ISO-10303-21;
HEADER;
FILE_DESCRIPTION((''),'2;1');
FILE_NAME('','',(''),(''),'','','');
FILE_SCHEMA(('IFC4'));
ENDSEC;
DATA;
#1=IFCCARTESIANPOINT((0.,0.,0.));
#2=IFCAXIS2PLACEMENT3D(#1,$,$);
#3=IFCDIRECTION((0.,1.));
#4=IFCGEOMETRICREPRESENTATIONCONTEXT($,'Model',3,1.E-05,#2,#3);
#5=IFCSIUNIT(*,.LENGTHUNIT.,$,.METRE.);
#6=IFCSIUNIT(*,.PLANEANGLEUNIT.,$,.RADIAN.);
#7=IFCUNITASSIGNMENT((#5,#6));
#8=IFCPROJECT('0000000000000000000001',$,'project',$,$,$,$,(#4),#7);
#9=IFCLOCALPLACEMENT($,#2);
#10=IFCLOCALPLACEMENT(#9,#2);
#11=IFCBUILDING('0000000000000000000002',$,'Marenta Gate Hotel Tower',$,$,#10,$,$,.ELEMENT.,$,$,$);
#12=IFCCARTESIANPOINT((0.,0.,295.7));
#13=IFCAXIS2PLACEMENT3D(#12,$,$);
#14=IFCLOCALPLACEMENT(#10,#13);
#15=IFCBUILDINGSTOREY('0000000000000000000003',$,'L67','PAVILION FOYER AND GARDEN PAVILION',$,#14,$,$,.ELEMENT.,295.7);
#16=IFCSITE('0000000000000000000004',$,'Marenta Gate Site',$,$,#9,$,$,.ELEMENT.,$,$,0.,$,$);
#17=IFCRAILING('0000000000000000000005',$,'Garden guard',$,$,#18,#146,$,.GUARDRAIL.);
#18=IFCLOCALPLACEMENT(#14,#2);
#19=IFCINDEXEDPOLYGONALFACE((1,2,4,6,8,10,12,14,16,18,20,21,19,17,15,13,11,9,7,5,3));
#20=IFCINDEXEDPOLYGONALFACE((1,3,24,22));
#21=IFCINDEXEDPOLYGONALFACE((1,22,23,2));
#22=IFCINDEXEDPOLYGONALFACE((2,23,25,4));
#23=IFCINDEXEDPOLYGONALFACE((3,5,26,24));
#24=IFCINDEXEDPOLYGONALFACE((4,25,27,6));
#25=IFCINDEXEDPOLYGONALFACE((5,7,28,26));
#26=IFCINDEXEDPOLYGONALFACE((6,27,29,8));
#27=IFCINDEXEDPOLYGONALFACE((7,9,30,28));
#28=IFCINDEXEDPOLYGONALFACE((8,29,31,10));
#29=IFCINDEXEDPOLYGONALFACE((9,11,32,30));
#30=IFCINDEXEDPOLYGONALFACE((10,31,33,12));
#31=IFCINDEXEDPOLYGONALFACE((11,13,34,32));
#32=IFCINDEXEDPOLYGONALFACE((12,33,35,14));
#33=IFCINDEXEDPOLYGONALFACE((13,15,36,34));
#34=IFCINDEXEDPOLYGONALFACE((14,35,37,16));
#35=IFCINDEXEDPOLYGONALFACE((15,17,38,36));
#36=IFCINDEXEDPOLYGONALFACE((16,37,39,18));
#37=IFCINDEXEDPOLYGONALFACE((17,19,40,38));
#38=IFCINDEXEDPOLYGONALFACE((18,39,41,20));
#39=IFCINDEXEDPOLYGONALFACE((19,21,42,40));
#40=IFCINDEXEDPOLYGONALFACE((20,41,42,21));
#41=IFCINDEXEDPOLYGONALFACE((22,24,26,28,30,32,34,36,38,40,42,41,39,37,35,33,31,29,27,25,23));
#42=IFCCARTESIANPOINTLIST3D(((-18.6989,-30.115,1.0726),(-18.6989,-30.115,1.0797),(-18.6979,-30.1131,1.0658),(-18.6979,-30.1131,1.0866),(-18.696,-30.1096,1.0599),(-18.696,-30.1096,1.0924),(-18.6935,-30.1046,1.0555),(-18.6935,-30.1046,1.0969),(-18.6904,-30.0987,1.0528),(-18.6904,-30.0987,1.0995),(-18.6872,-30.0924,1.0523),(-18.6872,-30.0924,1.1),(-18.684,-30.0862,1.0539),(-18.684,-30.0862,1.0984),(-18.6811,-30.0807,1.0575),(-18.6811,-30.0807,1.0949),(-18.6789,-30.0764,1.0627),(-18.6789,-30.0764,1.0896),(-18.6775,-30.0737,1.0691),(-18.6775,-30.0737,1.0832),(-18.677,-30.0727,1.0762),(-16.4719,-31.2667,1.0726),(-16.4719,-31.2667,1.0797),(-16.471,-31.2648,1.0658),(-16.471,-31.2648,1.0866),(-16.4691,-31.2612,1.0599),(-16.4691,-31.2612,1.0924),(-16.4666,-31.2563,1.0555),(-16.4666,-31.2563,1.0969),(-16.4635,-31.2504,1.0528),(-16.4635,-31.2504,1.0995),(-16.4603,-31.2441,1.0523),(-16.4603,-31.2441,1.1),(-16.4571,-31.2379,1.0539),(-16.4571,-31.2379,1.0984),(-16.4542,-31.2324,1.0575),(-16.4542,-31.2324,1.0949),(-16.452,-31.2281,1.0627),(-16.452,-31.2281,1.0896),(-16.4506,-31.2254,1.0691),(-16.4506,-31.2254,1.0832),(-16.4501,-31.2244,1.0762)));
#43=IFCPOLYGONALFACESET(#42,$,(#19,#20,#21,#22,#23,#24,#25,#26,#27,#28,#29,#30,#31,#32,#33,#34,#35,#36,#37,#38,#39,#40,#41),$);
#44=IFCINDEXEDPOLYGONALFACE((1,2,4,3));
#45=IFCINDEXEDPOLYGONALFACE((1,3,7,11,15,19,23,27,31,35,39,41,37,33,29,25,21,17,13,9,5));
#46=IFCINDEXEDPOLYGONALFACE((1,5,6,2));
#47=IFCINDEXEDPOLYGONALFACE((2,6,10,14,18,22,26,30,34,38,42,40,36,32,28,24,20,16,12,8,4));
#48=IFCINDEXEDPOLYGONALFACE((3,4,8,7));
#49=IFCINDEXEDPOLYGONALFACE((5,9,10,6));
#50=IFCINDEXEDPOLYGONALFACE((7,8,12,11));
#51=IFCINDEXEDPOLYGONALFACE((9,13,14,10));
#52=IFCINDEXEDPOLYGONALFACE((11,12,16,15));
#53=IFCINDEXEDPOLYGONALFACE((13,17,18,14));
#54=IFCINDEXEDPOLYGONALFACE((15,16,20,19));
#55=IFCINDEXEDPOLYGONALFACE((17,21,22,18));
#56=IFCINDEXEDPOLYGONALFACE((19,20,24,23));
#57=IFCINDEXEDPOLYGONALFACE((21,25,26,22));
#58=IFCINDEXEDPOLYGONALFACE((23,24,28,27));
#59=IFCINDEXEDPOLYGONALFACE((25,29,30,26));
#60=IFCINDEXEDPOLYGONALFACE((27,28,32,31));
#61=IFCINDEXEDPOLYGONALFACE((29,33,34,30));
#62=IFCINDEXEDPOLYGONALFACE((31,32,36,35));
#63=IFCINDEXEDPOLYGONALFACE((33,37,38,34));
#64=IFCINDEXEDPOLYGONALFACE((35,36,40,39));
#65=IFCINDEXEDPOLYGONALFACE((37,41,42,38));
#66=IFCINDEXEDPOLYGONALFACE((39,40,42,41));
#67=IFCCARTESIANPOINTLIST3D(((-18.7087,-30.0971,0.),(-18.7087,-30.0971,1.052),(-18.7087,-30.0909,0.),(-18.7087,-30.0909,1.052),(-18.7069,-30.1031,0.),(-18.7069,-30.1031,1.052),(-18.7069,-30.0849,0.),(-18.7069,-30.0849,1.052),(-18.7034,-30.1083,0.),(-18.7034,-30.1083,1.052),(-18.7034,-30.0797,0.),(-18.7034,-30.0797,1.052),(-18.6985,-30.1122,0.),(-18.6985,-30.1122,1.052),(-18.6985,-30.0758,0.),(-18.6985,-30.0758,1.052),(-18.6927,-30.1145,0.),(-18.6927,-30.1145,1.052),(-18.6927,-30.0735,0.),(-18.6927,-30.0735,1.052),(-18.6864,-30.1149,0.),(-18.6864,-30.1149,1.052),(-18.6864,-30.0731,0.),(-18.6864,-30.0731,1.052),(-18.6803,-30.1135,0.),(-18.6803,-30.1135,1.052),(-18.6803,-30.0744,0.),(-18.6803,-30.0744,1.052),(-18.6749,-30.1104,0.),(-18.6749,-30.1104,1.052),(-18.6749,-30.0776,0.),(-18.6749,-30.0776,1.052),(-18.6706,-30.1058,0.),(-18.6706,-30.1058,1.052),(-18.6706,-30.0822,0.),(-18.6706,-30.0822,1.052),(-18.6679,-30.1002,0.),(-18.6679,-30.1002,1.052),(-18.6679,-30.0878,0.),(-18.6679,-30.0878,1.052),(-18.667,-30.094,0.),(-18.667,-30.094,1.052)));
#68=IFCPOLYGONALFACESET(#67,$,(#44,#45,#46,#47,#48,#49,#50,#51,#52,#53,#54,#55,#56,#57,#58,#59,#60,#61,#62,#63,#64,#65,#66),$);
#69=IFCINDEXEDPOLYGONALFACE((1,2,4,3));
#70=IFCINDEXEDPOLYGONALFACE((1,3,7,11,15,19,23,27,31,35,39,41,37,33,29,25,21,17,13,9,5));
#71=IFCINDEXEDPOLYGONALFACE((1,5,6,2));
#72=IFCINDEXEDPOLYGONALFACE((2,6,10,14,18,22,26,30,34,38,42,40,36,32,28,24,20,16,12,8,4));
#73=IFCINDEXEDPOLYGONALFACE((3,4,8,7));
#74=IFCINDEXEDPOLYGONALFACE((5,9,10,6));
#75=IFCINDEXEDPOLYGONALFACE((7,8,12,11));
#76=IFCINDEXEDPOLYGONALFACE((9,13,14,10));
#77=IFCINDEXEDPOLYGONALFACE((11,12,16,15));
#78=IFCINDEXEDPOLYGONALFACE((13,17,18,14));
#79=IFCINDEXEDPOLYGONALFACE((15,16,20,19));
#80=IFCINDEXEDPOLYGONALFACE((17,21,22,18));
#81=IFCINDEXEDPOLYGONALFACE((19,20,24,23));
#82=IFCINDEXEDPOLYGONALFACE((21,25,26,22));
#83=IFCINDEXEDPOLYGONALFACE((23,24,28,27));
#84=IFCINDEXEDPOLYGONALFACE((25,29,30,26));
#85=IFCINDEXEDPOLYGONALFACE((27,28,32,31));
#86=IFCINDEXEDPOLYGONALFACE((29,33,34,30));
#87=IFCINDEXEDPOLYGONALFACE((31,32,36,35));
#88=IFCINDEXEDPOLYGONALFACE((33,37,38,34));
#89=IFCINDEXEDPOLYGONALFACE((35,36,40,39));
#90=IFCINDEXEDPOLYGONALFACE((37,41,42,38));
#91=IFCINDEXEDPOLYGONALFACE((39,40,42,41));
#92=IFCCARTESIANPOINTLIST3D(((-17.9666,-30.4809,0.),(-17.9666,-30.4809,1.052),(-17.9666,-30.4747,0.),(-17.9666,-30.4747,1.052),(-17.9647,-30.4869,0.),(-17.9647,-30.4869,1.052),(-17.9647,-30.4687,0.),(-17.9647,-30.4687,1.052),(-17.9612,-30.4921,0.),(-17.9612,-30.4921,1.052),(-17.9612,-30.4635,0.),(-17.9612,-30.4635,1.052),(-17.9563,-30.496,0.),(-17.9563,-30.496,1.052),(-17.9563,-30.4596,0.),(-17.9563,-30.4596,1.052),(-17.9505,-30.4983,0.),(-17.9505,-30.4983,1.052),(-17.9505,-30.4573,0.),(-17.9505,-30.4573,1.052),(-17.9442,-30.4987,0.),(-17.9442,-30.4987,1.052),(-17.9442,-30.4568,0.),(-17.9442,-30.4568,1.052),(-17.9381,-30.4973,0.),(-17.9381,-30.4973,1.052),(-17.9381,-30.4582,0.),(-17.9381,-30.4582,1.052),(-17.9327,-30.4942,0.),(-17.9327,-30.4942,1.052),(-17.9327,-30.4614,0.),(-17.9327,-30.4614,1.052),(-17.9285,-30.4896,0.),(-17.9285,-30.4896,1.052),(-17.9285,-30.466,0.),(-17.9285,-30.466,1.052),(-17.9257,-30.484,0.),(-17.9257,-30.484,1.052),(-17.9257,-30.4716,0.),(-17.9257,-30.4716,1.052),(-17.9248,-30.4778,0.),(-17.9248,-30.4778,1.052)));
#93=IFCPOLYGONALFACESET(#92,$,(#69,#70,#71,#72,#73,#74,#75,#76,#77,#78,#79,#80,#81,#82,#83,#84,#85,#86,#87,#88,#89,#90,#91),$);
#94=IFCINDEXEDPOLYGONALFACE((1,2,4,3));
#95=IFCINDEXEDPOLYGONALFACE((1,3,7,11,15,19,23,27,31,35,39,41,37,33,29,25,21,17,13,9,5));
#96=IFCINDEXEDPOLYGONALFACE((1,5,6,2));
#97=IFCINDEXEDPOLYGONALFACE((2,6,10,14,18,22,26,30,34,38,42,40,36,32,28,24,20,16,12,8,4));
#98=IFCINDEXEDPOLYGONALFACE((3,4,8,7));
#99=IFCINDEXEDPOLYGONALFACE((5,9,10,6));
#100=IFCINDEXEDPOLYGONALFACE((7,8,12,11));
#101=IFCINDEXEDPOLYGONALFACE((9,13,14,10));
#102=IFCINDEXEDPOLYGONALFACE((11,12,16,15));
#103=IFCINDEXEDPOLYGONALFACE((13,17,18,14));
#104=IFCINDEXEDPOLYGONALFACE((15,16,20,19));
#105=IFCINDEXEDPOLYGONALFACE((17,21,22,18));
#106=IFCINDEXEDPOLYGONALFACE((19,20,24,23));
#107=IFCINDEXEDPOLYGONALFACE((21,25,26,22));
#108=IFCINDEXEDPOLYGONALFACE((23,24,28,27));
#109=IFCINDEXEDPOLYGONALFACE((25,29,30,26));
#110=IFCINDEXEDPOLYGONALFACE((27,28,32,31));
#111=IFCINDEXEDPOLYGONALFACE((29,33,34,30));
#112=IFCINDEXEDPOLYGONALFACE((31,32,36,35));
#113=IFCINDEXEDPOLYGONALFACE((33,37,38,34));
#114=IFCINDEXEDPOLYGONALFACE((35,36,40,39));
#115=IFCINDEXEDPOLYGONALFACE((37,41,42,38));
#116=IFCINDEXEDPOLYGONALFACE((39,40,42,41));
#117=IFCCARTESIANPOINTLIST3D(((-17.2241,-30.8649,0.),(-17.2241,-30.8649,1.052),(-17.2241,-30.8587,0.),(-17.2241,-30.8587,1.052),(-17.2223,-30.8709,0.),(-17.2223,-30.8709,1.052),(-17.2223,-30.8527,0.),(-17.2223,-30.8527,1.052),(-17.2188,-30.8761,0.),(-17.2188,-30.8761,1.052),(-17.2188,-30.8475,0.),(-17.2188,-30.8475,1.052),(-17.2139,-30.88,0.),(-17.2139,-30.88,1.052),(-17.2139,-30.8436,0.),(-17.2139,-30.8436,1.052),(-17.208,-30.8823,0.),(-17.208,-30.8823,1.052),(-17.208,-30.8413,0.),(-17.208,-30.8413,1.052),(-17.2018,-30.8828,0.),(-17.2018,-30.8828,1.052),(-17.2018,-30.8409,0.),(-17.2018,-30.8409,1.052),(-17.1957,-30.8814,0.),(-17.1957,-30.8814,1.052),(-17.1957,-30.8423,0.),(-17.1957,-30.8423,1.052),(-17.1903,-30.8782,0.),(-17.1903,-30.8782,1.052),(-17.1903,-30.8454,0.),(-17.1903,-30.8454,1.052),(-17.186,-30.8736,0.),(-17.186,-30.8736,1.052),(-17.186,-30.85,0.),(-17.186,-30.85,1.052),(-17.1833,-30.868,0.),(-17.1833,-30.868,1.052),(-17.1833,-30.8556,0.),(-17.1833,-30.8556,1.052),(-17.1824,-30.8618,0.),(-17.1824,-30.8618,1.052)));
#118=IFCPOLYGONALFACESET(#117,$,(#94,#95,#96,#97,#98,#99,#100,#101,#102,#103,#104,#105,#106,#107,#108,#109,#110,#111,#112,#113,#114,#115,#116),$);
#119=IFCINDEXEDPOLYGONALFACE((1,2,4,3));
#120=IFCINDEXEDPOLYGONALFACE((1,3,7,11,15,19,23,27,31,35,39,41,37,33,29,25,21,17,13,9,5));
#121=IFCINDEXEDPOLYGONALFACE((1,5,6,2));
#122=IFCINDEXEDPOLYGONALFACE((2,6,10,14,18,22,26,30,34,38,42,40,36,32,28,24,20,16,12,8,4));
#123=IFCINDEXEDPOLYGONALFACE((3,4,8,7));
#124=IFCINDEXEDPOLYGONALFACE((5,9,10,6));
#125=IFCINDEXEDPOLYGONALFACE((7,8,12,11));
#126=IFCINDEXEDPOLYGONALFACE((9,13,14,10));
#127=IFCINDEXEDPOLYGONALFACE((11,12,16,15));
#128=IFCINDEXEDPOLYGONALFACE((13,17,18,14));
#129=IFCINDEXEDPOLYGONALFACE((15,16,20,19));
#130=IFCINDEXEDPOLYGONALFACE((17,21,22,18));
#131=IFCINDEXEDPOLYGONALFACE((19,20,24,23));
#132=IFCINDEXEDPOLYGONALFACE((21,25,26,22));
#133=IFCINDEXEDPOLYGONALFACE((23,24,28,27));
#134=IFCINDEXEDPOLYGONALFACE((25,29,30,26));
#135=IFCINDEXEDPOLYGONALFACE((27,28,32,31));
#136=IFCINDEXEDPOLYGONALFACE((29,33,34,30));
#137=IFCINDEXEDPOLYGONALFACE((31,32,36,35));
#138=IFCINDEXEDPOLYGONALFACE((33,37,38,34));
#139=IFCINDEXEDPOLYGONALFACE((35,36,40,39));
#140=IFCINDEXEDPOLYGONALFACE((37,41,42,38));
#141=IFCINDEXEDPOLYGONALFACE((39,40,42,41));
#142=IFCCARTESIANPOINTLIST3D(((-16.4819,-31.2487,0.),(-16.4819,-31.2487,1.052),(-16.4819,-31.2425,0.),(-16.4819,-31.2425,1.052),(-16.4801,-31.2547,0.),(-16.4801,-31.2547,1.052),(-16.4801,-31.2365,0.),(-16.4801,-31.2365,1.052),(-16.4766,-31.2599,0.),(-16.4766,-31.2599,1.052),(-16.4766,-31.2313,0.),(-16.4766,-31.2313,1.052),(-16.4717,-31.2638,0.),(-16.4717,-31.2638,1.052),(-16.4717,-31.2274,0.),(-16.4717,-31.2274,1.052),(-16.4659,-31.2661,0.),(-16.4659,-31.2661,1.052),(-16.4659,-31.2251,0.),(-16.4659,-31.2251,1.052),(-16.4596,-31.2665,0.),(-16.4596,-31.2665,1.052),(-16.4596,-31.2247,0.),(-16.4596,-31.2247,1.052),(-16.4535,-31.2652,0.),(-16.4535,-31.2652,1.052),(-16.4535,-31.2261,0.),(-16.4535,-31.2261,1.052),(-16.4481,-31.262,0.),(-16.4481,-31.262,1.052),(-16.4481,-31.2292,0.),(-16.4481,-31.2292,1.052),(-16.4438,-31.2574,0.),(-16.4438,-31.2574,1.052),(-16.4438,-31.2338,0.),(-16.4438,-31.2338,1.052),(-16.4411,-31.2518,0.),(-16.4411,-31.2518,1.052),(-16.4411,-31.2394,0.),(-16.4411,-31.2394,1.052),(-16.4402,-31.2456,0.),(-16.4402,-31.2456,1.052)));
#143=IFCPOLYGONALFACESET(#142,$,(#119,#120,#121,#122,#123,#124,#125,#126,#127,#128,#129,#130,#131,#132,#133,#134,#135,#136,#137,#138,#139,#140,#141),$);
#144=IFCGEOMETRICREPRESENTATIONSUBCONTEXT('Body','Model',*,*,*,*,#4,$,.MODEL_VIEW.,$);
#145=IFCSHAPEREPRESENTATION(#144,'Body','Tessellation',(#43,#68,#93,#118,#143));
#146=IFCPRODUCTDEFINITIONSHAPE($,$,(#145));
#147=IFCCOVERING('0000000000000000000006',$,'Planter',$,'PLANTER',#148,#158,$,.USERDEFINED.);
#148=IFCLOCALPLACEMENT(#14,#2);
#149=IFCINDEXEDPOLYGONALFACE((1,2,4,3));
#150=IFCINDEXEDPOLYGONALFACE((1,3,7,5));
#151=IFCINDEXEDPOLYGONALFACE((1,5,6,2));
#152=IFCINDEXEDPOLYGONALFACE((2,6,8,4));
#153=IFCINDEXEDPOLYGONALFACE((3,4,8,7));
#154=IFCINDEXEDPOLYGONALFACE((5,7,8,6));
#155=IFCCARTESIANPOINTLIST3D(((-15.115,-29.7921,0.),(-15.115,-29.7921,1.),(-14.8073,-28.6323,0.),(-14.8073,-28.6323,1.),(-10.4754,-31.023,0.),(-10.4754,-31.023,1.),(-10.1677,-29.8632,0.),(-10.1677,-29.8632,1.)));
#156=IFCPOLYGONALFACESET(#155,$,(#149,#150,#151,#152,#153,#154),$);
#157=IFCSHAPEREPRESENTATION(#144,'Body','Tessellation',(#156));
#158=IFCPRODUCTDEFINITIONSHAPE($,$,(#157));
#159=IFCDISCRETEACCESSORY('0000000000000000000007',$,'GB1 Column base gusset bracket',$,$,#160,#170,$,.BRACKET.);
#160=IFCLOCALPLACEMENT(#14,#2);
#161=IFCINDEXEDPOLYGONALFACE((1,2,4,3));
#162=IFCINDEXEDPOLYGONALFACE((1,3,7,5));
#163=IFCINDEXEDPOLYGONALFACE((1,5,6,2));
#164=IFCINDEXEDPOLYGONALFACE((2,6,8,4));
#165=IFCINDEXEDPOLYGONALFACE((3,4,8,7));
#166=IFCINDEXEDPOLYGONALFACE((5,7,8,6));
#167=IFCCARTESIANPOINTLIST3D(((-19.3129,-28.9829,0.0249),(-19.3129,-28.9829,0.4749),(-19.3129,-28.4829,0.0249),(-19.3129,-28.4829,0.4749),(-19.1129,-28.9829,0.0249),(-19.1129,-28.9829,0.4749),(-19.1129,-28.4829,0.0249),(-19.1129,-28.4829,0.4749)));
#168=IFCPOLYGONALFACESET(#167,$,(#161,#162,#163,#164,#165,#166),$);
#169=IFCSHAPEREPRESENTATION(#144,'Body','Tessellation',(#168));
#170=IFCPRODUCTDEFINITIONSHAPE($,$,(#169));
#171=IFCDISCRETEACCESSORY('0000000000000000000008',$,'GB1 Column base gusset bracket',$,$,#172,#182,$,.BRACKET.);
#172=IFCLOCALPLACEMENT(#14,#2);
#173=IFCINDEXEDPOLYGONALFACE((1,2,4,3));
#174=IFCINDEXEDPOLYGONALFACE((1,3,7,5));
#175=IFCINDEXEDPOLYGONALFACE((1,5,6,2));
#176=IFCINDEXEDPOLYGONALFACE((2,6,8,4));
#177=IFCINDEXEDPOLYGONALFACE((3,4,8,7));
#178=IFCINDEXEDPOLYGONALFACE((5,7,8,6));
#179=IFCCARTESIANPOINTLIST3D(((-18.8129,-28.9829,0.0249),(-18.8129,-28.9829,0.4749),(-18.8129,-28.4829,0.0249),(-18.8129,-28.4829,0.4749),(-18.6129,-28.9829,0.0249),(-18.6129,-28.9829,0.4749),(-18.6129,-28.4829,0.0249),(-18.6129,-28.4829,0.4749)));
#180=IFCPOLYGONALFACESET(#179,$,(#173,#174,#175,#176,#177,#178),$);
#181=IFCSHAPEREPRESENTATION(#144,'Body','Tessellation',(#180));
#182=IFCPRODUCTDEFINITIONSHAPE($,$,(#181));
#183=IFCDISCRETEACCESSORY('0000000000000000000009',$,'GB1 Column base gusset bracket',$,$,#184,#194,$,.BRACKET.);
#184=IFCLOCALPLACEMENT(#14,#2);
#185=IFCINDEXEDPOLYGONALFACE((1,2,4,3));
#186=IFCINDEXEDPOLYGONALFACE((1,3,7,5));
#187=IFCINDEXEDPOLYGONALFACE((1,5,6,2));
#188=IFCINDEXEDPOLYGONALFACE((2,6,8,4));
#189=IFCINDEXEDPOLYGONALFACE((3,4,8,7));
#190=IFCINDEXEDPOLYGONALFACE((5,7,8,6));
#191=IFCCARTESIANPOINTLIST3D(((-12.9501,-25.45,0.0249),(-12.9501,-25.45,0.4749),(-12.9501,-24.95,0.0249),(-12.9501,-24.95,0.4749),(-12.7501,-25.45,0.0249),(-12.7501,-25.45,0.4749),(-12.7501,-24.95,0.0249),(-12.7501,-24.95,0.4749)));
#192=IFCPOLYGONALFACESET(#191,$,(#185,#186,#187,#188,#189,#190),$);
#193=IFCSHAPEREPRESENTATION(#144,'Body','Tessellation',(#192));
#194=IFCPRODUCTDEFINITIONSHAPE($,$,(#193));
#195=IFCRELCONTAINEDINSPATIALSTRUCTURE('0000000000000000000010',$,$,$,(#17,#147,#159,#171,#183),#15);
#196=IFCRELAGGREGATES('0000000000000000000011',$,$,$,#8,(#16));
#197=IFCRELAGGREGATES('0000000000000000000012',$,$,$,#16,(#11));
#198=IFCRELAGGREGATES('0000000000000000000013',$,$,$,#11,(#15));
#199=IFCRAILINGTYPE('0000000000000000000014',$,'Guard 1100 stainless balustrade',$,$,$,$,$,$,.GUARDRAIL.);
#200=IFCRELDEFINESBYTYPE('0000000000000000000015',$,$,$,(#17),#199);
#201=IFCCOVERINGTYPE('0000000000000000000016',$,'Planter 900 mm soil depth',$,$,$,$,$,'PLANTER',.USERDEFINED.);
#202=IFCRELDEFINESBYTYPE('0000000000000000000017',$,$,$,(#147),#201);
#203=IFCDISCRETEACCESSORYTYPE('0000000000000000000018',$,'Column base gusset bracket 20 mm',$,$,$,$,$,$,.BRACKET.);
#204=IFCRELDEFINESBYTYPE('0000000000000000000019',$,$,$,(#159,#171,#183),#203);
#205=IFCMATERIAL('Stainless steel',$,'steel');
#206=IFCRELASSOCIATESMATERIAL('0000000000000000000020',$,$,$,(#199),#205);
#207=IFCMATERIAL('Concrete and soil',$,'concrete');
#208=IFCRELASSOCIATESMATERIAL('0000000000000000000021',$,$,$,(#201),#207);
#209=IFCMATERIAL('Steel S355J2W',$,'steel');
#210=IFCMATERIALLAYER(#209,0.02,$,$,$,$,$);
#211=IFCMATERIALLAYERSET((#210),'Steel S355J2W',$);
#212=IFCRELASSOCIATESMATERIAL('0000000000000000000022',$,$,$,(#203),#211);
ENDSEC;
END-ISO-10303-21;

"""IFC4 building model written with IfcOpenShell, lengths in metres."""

from ifc_helpers import new_model, si_unit, direction, frame, origin, origin_2d, place, context, subcontext, project, spatial, rectangle, circle, extrude, material, layer, layer_set, type_object, element, save


model = new_model("IFC4")

# Units and contexts
model_context = context("Model", 3, precision=1e-05, world=origin(), true_north=direction((0.0, 1.0)))
body_context = subcontext(model_context, "Body", "Model", "MODEL_VIEW")
ifc_project = project(units=[si_unit("LENGTHUNIT", "METRE"), si_unit("PLANEANGLEUNIT", "RADIAN")], contexts=[model_context])

# Site, building, storey
site_placement = place(None, origin())
site = spatial("IfcSite", under=ifc_project, at=site_placement, Name="Marenta Gate Site", CompositionType="ELEMENT", RefElevation=0.0)
building_placement = place(site_placement, origin())
building = spatial("IfcBuilding", under=site, at=building_placement, Name="Marenta Gate Hotel Tower", CompositionType="ELEMENT")
storey_placement = place(building_placement, frame((0.0, 0.0, 295.7)))
storey = spatial("IfcBuildingStorey", under=building, at=storey_placement, Name="L67", Description="PAVILION FOYER AND GARDEN PAVILION", CompositionType="ELEMENT", Elevation=295.7)

# Railing
ifc_material_1 = material(Name="Stainless steel", Category="steel")
railing_type = type_object("IfcRailingType", Name="Guard 1100 stainless balustrade", PredefinedType="GUARDRAIL", material=ifc_material_1)
railing_1_placement = place(storey_placement, frame((-18.688, -30.094, 0.0)))
element("IfcRailing", 1, at=railing_1_placement, inside=storey, type_object=railing_type, Name="Garden guard", PredefinedType="GUARDRAIL", context=body_context, shape_type="SweptSolid", body=[
    extrude(circle(Radius=0.0239, at=origin_2d()), frame((0.0, 0.0, 1.0762), z_axis=(0.888248, -0.459365, 0.0), x_axis=(0.459365, 0.888248, 0.0)), (0.0, 0.0, 1.0), 2.5071),
    extrude(circle(Radius=0.021, at=origin_2d()), origin(), (0.0, 0.0, 1.0), 1.052),
    extrude(circle(Radius=0.021, at=origin_2d()), frame((0.7422, -0.3838, 0.0)), (0.0, 0.0, 1.0), 1.052),
    extrude(circle(Radius=0.021, at=origin_2d()), frame((1.4846, -0.7678, 0.0)), (0.0, 0.0, 1.0), 1.052),
    extrude(circle(Radius=0.021, at=origin_2d()), frame((2.2268, -1.1516, 0.0)), (0.0, 0.0, 1.0), 1.052),
])

# Covering
ifc_material_2 = material(Name="Concrete and soil", Category="concrete")
covering_type = type_object("IfcCoveringType", Name="Planter 900 mm soil depth", ElementType="PLANTER", PredefinedType="USERDEFINED", material=ifc_material_2)
covering_placement = place(storey_placement, frame((-12.6414, -29.8276, 0.0), z_axis=(0.0, 0.0, 1.0), x_axis=(0.966562, -0.256433, 0.0)))
element("IfcCovering", 2, at=covering_placement, inside=storey, type_object=covering_type, Name="Planter", ObjectType="PLANTER", PredefinedType="USERDEFINED", context=body_context, shape_type="SweptSolid", body=[
    extrude(rectangle(XDim=4.8, YDim=1.2, at=origin_2d()), origin(), (0.0, 0.0, 1.0), 1.0),
])

# Discrete accessories
ifc_material_3 = material(Name="Steel S355J2W", Category="steel")
ifc_layer_1 = layer(ifc_material_3, 0.02)
ifc_layer_set_1 = layer_set([ifc_layer_1], Name="Steel S355J2W")
discrete_accessory_type = type_object("IfcDiscreteAccessoryType", Name="Column base gusset bracket 20 mm", PredefinedType="BRACKET", material=ifc_layer_set_1)
for number, where, z_axis, x_axis, name in (
    (3, (-19.2129, -28.7329, 0.0249), (0.0, 0.0, 1.0), (1.0, 0.0, 0.0), "GB1 Column base gusset bracket"),
    (4, (-18.7129, -28.7329, 0.0249), (0.0, 0.0, 1.0), (1.0, 0.0, 0.0), "GB1 Column base gusset bracket"),
    (5, (-12.8501, -25.2, 0.0249), (0.0, 0.0, 1.0), (1.0, 0.0, 0.0), "GB1 Column base gusset bracket"),
):
    element("IfcDiscreteAccessory", number, at=place(storey_placement, frame(where, z_axis=z_axis, x_axis=x_axis)), inside=storey, type_object=discrete_accessory_type, Name=name, PredefinedType="BRACKET", context=body_context, shape_type="SweptSolid", body=[
        extrude(rectangle(XDim=0.2, YDim=0.5, at=origin_2d()), origin(), (0.0, 0.0, 1.0), 0.45),
    ])

save(model, "model.ifc")
